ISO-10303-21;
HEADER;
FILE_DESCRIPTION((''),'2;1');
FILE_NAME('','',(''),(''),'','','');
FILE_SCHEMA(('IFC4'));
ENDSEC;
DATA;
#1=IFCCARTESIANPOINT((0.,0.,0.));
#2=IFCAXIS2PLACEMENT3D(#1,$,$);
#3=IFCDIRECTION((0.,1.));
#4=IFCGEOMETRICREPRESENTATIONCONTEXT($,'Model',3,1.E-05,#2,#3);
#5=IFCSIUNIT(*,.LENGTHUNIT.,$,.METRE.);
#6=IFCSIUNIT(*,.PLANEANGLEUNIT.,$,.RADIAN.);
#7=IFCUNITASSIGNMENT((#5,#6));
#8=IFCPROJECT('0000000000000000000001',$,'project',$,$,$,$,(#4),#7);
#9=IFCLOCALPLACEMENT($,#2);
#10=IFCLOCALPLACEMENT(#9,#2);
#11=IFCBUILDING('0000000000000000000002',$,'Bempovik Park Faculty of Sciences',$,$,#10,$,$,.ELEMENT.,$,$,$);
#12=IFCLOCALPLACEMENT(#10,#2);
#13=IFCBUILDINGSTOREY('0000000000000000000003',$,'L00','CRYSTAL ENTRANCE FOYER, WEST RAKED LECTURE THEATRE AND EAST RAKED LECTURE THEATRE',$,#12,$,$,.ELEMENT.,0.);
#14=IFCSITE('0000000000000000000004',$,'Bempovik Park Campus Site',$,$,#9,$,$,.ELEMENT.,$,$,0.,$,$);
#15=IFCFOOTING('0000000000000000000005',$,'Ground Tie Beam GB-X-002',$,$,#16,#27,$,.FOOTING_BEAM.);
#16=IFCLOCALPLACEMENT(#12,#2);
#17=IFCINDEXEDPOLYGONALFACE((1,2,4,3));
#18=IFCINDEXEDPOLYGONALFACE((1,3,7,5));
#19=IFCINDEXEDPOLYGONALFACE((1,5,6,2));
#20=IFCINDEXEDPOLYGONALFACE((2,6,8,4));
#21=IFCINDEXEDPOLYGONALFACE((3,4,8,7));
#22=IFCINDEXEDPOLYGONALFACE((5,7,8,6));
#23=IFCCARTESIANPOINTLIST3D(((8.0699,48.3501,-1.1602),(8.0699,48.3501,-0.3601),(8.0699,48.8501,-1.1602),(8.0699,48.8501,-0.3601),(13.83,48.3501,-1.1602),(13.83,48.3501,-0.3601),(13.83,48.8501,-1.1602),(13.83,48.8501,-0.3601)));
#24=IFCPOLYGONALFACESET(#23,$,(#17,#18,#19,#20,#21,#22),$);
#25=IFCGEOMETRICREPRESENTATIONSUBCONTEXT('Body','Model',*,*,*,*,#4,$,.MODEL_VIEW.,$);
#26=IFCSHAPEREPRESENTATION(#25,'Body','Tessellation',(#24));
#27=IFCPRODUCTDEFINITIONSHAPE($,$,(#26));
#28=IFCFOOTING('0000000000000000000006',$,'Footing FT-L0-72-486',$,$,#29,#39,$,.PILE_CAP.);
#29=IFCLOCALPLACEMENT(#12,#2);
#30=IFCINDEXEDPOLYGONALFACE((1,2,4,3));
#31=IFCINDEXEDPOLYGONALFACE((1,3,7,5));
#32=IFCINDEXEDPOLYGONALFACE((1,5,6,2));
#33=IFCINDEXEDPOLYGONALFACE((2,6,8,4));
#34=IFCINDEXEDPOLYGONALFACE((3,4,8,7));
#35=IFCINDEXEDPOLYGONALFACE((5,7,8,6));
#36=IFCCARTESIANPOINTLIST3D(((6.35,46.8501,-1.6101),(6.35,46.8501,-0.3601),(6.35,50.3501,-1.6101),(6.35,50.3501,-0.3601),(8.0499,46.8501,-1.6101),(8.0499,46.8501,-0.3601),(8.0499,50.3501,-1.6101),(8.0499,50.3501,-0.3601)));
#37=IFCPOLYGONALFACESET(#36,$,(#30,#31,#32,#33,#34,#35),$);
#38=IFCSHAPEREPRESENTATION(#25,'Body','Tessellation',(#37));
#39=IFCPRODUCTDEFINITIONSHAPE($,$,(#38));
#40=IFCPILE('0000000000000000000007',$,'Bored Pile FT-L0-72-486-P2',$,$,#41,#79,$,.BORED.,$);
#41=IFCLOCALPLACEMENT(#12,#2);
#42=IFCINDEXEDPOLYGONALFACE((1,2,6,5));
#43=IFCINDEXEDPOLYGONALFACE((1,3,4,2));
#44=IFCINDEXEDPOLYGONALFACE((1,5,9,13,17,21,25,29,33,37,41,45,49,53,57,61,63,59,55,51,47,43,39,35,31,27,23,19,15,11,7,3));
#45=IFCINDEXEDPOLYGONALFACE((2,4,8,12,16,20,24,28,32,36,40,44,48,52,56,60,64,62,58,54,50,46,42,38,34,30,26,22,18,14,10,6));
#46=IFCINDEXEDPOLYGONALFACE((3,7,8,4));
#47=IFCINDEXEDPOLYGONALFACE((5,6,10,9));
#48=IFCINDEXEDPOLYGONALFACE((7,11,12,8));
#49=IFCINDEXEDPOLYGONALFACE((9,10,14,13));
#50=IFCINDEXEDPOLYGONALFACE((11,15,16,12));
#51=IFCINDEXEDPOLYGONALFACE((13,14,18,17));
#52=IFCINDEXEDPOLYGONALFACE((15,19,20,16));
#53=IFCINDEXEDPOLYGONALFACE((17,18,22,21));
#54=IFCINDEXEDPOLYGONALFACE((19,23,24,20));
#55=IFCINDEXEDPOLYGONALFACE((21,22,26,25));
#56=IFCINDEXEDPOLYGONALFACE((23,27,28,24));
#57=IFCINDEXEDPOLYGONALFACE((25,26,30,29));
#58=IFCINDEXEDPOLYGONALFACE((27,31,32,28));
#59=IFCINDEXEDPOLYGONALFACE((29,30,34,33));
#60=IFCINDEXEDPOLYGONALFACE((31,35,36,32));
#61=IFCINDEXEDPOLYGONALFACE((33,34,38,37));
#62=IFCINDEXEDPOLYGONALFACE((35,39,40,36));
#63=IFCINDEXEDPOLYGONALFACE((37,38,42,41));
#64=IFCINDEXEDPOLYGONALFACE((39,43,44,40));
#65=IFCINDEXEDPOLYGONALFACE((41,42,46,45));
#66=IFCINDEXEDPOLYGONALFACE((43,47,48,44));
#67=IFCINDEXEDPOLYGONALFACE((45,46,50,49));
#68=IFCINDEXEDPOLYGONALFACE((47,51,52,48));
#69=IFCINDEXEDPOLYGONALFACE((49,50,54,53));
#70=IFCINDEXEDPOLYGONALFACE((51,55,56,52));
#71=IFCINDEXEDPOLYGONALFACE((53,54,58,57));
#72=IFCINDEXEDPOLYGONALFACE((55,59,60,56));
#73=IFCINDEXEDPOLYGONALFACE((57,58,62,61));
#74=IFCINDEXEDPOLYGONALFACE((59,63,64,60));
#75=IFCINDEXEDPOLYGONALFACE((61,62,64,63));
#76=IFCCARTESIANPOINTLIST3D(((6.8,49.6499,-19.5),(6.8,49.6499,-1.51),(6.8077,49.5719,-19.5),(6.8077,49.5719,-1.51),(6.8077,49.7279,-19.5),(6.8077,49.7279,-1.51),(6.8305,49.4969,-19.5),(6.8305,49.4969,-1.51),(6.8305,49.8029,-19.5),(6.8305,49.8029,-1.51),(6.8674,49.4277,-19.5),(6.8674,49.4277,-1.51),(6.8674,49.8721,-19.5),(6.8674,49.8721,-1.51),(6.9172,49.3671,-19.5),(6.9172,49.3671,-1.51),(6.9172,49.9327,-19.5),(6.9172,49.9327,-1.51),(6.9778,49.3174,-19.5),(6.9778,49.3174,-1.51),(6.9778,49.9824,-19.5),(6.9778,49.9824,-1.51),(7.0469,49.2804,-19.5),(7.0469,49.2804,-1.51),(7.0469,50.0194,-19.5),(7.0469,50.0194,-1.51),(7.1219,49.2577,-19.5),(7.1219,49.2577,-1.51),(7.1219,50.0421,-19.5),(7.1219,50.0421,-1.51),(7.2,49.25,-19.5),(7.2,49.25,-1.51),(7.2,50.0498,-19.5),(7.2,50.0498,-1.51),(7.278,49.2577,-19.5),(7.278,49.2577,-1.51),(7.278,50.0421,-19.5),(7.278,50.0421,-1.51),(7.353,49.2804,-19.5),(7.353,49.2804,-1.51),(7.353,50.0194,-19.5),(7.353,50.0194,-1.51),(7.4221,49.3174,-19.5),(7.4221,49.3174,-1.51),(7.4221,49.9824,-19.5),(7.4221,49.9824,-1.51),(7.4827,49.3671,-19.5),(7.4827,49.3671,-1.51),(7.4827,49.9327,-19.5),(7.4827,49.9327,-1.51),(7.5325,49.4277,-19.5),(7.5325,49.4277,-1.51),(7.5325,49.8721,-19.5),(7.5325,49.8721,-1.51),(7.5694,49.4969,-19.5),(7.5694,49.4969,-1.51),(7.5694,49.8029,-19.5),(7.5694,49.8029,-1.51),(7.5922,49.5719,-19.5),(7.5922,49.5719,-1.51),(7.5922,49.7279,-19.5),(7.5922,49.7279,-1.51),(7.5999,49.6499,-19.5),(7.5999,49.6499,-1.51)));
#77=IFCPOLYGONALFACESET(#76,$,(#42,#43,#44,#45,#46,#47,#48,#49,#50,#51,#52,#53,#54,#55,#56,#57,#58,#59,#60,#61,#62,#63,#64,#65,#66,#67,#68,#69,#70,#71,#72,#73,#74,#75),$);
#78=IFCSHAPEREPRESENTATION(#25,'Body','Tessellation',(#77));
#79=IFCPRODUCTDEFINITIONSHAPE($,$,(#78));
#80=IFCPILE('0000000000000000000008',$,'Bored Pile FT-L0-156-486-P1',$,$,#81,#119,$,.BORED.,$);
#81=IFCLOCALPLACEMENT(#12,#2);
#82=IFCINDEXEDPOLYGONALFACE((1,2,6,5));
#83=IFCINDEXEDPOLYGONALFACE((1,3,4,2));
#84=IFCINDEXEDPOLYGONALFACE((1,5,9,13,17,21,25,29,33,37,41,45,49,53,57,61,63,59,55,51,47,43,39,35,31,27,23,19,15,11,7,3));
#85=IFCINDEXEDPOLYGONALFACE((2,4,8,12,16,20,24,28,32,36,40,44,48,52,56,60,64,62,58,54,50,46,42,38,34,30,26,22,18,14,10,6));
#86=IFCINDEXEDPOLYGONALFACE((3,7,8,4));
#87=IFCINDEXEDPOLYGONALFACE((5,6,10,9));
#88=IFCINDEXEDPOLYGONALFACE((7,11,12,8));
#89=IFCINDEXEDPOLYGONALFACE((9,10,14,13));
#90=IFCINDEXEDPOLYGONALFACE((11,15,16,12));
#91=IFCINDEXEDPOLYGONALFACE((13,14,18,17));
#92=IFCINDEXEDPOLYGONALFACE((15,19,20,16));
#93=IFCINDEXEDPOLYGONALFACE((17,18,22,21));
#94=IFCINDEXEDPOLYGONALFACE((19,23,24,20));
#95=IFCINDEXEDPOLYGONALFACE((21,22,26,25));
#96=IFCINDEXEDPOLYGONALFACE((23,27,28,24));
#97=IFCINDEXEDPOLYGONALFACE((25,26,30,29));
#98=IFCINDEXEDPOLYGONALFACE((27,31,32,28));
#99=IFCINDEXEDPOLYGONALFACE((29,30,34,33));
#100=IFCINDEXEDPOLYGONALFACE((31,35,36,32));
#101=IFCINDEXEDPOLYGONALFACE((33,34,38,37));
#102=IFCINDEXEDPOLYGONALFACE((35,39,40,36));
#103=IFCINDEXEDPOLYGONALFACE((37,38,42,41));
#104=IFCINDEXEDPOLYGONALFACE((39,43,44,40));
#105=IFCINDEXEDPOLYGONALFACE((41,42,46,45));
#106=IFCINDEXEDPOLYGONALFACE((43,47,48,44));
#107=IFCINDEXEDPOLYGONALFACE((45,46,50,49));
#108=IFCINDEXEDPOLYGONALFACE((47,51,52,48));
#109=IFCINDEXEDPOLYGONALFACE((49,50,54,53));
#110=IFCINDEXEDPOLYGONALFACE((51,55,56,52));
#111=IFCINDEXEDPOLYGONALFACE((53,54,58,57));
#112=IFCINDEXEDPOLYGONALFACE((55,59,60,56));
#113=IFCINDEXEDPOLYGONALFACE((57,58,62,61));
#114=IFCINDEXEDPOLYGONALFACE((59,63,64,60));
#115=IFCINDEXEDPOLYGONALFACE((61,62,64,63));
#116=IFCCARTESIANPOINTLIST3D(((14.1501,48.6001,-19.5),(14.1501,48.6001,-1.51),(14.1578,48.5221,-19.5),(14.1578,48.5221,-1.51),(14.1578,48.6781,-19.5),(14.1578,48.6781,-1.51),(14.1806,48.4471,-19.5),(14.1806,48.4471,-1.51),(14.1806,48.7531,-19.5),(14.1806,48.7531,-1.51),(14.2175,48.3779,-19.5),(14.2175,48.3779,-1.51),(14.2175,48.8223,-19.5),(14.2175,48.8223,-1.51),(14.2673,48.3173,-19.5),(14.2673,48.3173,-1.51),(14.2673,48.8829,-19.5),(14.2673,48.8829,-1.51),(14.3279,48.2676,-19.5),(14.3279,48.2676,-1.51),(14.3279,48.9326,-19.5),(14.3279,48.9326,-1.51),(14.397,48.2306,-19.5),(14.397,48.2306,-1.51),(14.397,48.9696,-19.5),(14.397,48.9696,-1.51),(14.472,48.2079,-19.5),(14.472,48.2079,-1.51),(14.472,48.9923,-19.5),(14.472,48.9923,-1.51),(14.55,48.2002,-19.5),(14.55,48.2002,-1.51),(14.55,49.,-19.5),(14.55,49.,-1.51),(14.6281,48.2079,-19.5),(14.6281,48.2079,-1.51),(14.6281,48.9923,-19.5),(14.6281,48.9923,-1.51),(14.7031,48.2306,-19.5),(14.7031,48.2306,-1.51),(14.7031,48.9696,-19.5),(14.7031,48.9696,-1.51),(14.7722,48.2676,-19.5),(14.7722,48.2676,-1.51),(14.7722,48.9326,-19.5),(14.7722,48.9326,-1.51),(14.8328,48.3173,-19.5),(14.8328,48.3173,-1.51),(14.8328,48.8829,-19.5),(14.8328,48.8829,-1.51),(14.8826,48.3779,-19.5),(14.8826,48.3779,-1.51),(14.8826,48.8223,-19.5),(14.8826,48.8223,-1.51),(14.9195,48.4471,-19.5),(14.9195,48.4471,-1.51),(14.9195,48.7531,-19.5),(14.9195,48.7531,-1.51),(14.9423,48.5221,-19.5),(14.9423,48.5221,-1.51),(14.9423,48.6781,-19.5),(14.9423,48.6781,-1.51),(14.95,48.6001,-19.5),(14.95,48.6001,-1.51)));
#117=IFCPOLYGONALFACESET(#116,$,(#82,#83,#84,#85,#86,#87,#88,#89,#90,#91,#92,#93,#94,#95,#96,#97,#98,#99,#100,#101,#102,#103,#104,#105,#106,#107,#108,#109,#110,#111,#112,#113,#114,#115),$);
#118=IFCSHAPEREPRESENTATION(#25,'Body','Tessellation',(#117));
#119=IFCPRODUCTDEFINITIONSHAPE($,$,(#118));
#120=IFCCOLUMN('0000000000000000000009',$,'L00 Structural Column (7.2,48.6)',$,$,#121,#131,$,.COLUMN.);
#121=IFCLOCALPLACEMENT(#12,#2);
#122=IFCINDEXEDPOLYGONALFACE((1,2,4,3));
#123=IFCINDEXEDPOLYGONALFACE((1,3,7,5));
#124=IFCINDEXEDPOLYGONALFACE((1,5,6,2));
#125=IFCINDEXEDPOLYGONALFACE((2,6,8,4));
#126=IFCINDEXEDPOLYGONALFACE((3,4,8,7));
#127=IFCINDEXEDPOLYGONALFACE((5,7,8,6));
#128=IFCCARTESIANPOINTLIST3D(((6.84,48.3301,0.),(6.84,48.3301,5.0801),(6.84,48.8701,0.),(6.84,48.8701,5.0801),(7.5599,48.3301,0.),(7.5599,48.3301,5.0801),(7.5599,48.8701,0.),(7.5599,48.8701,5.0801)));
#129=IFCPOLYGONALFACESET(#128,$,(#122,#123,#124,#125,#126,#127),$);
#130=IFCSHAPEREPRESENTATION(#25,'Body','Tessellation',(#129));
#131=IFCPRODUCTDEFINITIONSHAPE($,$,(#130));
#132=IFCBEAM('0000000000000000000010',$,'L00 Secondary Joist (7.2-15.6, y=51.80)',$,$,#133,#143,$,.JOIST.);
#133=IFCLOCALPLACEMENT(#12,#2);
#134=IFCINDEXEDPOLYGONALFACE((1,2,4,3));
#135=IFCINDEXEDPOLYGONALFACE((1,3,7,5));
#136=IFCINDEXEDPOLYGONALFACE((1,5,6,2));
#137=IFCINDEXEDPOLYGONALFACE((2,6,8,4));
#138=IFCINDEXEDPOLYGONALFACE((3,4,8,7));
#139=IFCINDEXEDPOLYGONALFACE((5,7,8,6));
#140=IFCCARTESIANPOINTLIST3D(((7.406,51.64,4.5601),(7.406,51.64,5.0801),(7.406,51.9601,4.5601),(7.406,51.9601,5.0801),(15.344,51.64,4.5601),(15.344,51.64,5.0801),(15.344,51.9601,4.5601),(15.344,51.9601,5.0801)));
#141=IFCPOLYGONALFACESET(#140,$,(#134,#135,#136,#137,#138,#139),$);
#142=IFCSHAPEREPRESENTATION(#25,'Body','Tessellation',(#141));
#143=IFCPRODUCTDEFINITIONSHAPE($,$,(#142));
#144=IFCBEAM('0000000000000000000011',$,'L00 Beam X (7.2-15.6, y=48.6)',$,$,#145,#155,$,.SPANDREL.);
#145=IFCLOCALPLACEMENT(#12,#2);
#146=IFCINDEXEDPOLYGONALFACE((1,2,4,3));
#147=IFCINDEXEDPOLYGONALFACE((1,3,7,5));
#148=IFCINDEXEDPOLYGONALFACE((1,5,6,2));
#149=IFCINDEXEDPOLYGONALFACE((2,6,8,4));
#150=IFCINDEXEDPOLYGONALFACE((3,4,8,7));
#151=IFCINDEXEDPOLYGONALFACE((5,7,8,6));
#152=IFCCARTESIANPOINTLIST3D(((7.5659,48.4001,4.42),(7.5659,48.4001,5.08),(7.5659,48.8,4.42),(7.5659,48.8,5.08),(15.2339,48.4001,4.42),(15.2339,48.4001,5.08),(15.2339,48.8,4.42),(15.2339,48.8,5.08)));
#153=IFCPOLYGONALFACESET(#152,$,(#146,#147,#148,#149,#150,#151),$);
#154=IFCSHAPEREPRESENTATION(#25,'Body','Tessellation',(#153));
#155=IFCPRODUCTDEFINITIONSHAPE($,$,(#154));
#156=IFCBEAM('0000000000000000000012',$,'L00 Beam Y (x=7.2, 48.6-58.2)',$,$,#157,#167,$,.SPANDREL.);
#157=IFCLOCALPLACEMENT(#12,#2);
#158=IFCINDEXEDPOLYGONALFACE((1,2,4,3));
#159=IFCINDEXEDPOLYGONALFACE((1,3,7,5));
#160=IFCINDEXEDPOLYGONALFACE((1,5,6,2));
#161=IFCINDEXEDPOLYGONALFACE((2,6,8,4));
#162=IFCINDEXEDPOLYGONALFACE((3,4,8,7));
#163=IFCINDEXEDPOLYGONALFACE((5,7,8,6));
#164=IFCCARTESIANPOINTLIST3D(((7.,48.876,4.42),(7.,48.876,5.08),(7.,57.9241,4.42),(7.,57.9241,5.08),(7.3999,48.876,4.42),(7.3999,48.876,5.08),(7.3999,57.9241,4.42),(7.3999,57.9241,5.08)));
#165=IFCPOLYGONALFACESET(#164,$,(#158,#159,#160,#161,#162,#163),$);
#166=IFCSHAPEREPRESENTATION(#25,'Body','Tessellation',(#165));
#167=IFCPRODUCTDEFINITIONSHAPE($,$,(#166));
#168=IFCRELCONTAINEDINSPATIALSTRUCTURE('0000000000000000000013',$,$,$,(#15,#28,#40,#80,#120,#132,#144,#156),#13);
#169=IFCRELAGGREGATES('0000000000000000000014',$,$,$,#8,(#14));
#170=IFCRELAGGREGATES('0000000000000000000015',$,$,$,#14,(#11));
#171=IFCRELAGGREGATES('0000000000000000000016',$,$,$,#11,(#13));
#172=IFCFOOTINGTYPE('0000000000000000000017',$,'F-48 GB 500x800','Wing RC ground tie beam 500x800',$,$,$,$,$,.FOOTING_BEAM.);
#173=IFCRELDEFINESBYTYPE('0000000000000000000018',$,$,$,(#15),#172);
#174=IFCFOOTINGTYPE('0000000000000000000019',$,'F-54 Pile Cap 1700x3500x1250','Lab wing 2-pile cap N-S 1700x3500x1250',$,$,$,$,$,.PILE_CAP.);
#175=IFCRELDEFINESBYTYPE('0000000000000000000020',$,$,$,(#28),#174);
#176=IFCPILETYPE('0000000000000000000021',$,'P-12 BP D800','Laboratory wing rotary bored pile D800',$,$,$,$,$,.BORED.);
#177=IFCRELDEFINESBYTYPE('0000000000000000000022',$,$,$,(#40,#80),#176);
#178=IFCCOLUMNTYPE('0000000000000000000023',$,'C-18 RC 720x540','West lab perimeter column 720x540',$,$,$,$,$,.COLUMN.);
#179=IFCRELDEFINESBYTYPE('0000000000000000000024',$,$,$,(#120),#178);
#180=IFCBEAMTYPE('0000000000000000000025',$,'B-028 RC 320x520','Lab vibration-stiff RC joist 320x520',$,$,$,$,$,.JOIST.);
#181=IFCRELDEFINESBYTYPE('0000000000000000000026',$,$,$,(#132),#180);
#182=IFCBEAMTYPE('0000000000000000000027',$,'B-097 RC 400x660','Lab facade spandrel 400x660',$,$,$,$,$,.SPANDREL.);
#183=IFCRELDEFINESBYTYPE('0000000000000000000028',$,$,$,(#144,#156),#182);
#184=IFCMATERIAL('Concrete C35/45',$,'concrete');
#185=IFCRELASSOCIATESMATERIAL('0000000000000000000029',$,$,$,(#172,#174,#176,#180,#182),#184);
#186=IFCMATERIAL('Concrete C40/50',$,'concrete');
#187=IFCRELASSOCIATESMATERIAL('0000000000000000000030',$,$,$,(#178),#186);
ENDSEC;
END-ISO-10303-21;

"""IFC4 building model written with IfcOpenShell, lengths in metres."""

from ifc_helpers import new_model, si_unit, direction, frame, origin, origin_2d, place, context, subcontext, project, spatial, rectangle, circle, extrude, material, material_profile, profile_set, type_object, element, save


model = new_model("IFC4")

# Units and contexts
model_context = context("Model", 3, precision=1e-05, world=origin(), true_north=direction((0.0, 1.0)))
body_context = subcontext(model_context, "Body", "Model", "MODEL_VIEW")
ifc_project = project(units=[si_unit("LENGTHUNIT", "METRE"), si_unit("PLANEANGLEUNIT", "RADIAN")], contexts=[model_context])

# Site, building, storey
site_placement = place(None, origin())
site = spatial("IfcSite", under=ifc_project, at=site_placement, Name="Bempovik Park Campus Site", CompositionType="ELEMENT", RefElevation=0.0)
building_placement = place(site_placement, origin())
building = spatial("IfcBuilding", under=site, at=building_placement, Name="Bempovik Park Faculty of Sciences", CompositionType="ELEMENT")
storey_placement = place(building_placement, origin())
storey = spatial("IfcBuildingStorey", under=building, at=storey_placement, Name="L00", Description="CRYSTAL ENTRANCE FOYER, WEST RAKED LECTURE THEATRE AND EAST RAKED LECTURE THEATRE", CompositionType="ELEMENT", Elevation=0.0)

# Footings
ifc_material_1 = material(Name="Concrete C35/45", Category="concrete")
footing_type_1 = type_object("IfcFootingType", Name="F-48 GB 500x800", Description="Wing RC ground tie beam 500x800", PredefinedType="FOOTING_BEAM", material=ifc_material_1)
footing_1_placement = place(storey_placement, frame((10.95, 48.6001, -1.1602), z_axis=(0.0, 0.0, 1.0), x_axis=(1.0, 0.0, 0.0)))
element("IfcFooting", 1, at=footing_1_placement, inside=storey, type_object=footing_type_1, Name="Ground Tie Beam GB-X-002", PredefinedType="FOOTING_BEAM", context=body_context, shape_type="SweptSolid", body=[
    extrude(rectangle(XDim=5.76, YDim=0.5, at=origin_2d()), origin(), (0.0, 0.0, 1.0), 0.8),
])
footing_type_2 = type_object("IfcFootingType", Name="F-54 Pile Cap 1700x3500x1250", Description="Lab wing 2-pile cap N-S 1700x3500x1250", PredefinedType="PILE_CAP", material=ifc_material_1)
footing_2_placement = place(storey_placement, frame((7.2, 48.6001, -1.6101), z_axis=(0.0, 0.0, 1.0), x_axis=(1.0, 0.0, 0.0)))
element("IfcFooting", 2, at=footing_2_placement, inside=storey, type_object=footing_type_2, Name="Footing FT-L0-72-486", PredefinedType="PILE_CAP", context=body_context, shape_type="SweptSolid", body=[
    extrude(rectangle(XDim=1.7, YDim=3.5, at=origin_2d()), origin(), (0.0, 0.0, 1.0), 1.25),
])

# Piles
ifc_material_profile_1 = material_profile(ifc_material_1, circle(Radius=0.3999, at=origin_2d()), Name="BP D800")
ifc_profile_set_1 = profile_set([ifc_material_profile_1], Name="Concrete C35/45")
pile_type = type_object("IfcPileType", Name="P-12 BP D800", Description="Laboratory wing rotary bored pile D800", PredefinedType="BORED", material=ifc_profile_set_1)
for number, where, z_axis, x_axis, name in (
    (3, (7.2, 49.6499, -1.51), (0.0, 0.0, -1.0), (1.0, 0.0, 0.0), "Bored Pile FT-L0-72-486-P2"),
    (4, (14.55, 48.6001, -1.51), (0.0, 0.0, -1.0), (1.0, 0.0, 0.0), "Bored Pile FT-L0-156-486-P1"),
):
    element("IfcPile", number, at=place(storey_placement, frame(where, z_axis=z_axis, x_axis=x_axis)), inside=storey, type_object=pile_type, Name=name, PredefinedType="BORED", context=body_context, shape_type="SweptSolid", body=[
        extrude(circle(Radius=0.3999, at=origin_2d()), origin(), (0.0, 0.0, 1.0), 17.99),
    ])

# Column
ifc_material_2 = material(Name="Concrete C40/50", Category="concrete")
ifc_material_profile_2 = material_profile(ifc_material_2, rectangle(XDim=0.72, YDim=0.54, at=origin_2d()), Name="RC 720x540")
ifc_profile_set_2 = profile_set([ifc_material_profile_2], Name="Concrete C40/50")
column_type = type_object("IfcColumnType", Name="C-18 RC 720x540", Description="West lab perimeter column 720x540", PredefinedType="COLUMN", material=ifc_profile_set_2)
column_placement = place(storey_placement, frame((7.2, 48.6001, 0.0), z_axis=(0.0, 0.0, 1.0), x_axis=(1.0, 0.0, 0.0)))
element("IfcColumn", 5, at=column_placement, inside=storey, type_object=column_type, Name="L00 Structural Column (7.2,48.6)", PredefinedType="COLUMN", context=body_context, shape_type="SweptSolid", body=[
    extrude(rectangle(XDim=0.72, YDim=0.54, at=origin_2d()), origin(), (0.0, 0.0, 1.0), 5.0801),
])

# Beams
ifc_material_profile_3 = material_profile(ifc_material_1, rectangle(XDim=0.3201, YDim=0.52, at=origin_2d()), Name="RC 320x520")
ifc_profile_set_3 = profile_set([ifc_material_profile_3], Name="Concrete C35/45")
beam_type_1 = type_object("IfcBeamType", Name="B-028 RC 320x520", Description="Lab vibration-stiff RC joist 320x520", PredefinedType="JOIST", material=ifc_profile_set_3)
beam_1_placement = place(storey_placement, frame((7.406, 51.8, 4.8201), z_axis=(1.0, 0.0, 0.0), x_axis=(0.0, 1.0, 0.0)))
element("IfcBeam", 6, at=beam_1_placement, inside=storey, type_object=beam_type_1, Name="L00 Secondary Joist (7.2-15.6, y=51.80)", PredefinedType="JOIST", context=body_context, shape_type="SweptSolid", body=[
    extrude(rectangle(XDim=0.3201, YDim=0.52, at=origin_2d()), origin(), (0.0, 0.0, 1.0), 7.938),
])
ifc_material_profile_4 = material_profile(ifc_material_1, rectangle(XDim=0.3999, YDim=0.6599, at=origin_2d()), Name="RC 400x660")
ifc_profile_set_4 = profile_set([ifc_material_profile_4], Name="Concrete C35/45")
beam_type_2 = type_object("IfcBeamType", Name="B-097 RC 400x660", Description="Lab facade spandrel 400x660", PredefinedType="SPANDREL", material=ifc_profile_set_4)
beam_2_placement = place(storey_placement, frame((7.5659, 48.6001, 4.75), z_axis=(1.0, 0.0, 0.0), x_axis=(0.0, 1.0, 0.0)))
element("IfcBeam", 7, at=beam_2_placement, inside=storey, type_object=beam_type_2, Name="L00 Beam X (7.2-15.6, y=48.6)", PredefinedType="SPANDREL", context=body_context, shape_type="SweptSolid", body=[
    extrude(rectangle(XDim=0.3999, YDim=0.6599, at=origin_2d()), origin(), (0.0, 0.0, 1.0), 7.668),
])
beam_3_placement = place(storey_placement, frame((7.2, 48.876, 4.75), z_axis=(0.0, 1.0, 0.0), x_axis=(-1.0, 0.0, 0.0)))
element("IfcBeam", 8, at=beam_3_placement, inside=storey, type_object=beam_type_2, Name="L00 Beam Y (x=7.2, 48.6-58.2)", PredefinedType="SPANDREL", context=body_context, shape_type="SweptSolid", body=[
    extrude(rectangle(XDim=0.3999, YDim=0.6599, at=origin_2d()), origin(), (0.0, 0.0, 1.0), 9.0481),
])

save(model, "model.ifc")
